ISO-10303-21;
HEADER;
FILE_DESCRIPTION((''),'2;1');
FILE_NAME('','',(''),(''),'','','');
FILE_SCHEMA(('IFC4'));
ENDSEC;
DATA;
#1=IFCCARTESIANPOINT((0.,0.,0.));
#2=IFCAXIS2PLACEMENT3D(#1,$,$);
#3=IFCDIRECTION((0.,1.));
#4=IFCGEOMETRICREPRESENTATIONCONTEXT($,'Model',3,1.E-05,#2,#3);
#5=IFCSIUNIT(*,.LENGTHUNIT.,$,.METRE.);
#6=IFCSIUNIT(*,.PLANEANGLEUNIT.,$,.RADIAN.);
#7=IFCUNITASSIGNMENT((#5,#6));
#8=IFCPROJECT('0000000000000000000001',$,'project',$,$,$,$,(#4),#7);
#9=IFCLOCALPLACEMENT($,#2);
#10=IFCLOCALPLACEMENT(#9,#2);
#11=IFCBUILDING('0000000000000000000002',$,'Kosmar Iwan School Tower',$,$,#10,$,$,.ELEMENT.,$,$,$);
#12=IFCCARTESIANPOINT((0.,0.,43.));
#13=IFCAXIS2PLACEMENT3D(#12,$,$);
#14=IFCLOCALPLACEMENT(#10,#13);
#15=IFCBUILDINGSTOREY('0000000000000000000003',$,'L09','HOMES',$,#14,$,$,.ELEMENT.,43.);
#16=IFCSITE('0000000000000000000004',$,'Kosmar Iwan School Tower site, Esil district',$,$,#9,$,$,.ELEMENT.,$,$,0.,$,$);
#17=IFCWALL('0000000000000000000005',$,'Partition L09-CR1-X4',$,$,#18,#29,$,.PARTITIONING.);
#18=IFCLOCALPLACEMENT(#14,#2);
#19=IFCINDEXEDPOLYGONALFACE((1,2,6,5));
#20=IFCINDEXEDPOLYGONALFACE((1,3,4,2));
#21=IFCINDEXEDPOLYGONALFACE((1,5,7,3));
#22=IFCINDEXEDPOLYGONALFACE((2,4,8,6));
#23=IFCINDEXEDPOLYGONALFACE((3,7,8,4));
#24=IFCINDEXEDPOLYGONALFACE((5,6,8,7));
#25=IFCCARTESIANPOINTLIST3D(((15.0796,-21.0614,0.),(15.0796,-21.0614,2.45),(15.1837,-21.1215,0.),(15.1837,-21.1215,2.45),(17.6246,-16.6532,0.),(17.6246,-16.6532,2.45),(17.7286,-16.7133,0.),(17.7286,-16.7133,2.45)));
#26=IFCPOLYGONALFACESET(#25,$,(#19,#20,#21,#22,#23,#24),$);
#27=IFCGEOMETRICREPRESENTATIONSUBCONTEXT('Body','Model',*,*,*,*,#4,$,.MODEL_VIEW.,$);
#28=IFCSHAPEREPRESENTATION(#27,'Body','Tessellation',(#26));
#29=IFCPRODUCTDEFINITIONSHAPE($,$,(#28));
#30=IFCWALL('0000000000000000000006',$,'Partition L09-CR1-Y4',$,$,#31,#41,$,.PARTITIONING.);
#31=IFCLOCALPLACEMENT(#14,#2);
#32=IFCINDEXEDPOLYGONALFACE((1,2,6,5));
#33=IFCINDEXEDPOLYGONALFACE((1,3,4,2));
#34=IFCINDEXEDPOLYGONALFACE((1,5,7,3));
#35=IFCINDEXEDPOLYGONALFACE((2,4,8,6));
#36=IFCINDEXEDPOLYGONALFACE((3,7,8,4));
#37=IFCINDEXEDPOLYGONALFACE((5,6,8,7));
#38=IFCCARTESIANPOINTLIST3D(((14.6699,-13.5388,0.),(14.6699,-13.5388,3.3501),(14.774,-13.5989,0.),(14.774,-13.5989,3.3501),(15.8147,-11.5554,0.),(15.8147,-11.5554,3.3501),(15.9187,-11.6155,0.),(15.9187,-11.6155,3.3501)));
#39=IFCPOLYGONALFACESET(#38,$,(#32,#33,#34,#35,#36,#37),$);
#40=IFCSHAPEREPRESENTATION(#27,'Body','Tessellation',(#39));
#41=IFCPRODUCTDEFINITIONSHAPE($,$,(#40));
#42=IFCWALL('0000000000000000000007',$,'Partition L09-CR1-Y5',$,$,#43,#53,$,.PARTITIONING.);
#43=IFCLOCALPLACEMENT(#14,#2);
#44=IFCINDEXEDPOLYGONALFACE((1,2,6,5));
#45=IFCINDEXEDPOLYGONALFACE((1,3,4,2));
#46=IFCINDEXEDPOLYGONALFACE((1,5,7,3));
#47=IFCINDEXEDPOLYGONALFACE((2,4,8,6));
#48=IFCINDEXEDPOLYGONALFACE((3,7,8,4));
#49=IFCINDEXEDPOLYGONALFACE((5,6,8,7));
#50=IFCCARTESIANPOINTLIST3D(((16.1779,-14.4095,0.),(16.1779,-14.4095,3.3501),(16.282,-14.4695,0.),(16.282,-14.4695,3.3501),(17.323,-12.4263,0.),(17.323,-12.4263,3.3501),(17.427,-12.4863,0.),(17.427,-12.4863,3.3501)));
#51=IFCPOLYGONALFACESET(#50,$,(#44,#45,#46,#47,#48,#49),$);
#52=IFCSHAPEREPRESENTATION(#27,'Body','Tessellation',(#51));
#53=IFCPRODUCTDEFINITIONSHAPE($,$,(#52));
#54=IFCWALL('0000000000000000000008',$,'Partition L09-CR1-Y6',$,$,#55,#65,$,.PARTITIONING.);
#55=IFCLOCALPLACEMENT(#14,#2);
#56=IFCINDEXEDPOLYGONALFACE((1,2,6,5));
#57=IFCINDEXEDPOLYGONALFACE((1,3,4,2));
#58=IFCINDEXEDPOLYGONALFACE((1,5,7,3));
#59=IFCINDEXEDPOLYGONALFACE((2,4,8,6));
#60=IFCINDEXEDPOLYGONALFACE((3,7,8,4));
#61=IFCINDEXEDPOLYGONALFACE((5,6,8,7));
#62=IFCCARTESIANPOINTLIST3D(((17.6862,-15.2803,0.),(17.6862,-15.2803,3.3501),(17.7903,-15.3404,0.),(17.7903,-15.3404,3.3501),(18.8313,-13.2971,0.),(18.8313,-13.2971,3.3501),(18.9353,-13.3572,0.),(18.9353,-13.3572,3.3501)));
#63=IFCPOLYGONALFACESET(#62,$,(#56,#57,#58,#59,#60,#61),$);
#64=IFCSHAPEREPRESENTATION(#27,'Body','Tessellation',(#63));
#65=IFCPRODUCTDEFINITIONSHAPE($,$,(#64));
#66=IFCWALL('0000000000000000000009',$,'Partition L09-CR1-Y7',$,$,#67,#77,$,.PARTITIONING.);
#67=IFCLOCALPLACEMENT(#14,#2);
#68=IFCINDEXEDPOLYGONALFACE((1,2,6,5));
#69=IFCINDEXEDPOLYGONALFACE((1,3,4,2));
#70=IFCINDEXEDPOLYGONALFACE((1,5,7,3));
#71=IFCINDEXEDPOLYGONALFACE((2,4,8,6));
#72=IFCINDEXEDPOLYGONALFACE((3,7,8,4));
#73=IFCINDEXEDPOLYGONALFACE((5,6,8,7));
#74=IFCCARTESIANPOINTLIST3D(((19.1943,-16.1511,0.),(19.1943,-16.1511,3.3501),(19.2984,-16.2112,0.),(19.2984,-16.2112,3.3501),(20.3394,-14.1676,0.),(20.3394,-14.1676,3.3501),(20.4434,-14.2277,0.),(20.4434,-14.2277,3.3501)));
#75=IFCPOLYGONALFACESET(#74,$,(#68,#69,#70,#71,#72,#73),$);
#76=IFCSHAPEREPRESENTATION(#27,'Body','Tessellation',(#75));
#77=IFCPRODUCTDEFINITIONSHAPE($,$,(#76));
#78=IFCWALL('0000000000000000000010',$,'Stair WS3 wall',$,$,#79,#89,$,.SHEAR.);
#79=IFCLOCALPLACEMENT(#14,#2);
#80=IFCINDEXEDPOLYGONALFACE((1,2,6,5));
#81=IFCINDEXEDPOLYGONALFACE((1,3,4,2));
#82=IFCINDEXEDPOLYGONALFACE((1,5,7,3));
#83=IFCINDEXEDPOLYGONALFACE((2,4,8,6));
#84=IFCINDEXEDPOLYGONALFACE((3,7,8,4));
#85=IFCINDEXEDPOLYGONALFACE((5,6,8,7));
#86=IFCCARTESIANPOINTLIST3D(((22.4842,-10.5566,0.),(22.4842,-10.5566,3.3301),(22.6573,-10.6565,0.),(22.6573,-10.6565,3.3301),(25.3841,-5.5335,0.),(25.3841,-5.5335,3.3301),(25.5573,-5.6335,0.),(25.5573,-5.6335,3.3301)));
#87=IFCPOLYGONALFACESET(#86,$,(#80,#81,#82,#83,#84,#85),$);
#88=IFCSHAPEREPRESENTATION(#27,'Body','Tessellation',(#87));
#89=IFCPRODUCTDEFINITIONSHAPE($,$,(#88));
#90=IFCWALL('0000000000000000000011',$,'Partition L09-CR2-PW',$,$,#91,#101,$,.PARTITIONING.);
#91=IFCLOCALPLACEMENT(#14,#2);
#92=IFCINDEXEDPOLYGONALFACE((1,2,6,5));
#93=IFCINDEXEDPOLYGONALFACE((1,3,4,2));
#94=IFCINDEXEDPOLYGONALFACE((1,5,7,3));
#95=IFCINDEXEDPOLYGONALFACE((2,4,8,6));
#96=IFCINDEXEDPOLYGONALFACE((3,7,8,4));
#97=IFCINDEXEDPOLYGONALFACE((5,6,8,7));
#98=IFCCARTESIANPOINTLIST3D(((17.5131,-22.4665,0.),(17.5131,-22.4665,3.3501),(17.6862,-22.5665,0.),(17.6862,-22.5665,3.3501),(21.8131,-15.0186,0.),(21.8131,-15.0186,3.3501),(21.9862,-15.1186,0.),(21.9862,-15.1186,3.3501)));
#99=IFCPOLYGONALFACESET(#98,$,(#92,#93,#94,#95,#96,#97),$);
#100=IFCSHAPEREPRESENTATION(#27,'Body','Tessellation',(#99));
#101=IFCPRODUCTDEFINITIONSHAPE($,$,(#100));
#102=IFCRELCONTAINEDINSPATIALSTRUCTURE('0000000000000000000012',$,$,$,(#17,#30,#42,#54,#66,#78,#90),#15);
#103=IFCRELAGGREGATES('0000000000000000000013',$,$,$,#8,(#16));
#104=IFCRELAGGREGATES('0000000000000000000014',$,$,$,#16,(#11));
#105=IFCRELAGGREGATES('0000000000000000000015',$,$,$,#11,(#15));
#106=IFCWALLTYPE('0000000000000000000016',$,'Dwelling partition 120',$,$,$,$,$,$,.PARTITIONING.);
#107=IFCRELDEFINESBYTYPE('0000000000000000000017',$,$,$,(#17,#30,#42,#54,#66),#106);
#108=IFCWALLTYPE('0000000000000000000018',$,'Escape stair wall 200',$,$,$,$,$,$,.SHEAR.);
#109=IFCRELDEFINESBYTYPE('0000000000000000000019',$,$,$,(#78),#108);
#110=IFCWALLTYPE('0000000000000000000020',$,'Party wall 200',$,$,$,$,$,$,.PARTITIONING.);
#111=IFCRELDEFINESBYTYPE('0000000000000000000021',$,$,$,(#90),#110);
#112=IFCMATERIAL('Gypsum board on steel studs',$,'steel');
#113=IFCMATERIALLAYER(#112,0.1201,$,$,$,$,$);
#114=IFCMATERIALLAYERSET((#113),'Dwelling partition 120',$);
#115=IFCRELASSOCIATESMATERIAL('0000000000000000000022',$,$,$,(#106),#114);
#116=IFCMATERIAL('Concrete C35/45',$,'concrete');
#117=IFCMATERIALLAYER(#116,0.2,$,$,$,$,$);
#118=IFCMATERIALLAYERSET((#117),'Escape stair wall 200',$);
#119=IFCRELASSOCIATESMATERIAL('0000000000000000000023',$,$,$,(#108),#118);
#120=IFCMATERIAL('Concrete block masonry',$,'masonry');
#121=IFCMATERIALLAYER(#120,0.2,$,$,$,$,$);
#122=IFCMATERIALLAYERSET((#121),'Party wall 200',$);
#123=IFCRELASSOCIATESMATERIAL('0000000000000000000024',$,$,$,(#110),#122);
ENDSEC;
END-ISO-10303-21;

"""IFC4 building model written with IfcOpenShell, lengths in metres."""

from ifc_helpers import new_model, si_unit, direction, frame, frame_2d, origin, place, context, subcontext, project, spatial, rectangle, extrude, material, layer, layer_set, type_object, element, save


model = new_model("IFC4")

# Units and contexts
model_context = context("Model", 3, precision=1e-05, world=origin(), true_north=direction((0.0, 1.0)))
body_context = subcontext(model_context, "Body", "Model", "MODEL_VIEW")
ifc_project = project(units=[si_unit("LENGTHUNIT", "METRE"), si_unit("PLANEANGLEUNIT", "RADIAN")], contexts=[model_context])

# Site, building, storey
site_placement = place(None, origin())
site = spatial("IfcSite", under=ifc_project, at=site_placement, Name="Kosmar Iwan School Tower site, Esil district", CompositionType="ELEMENT", RefElevation=0.0)
building_placement = place(site_placement, origin())
building = spatial("IfcBuilding", under=site, at=building_placement, Name="Kosmar Iwan School Tower", CompositionType="ELEMENT")
storey_placement = place(building_placement, frame((0.0, 0.0, 43.0)))
storey = spatial("IfcBuildingStorey", under=building, at=storey_placement, Name="L09", Description="HOMES", CompositionType="ELEMENT", Elevation=43.0)

# Walls
ifc_material_1 = material(Name="Gypsum board on steel studs", Category="steel")
ifc_layer_1 = layer(ifc_material_1, 0.1201)
ifc_layer_set_1 = layer_set([ifc_layer_1], Name="Dwelling partition 120")
wall_type_1 = type_object("IfcWallType", Name="Dwelling partition 120", PredefinedType="PARTITIONING", material=ifc_layer_set_1)
wall_1_placement = place(storey_placement, frame((17.6765, -16.6833, 0.0), z_axis=(0.0, 0.0, 1.0), x_axis=(-0.499977, -0.866039, 0.0)))
element("IfcWall", 1, at=wall_1_placement, inside=storey, type_object=wall_type_1, Name="Partition L09-CR1-X4", PredefinedType="PARTITIONING", context=body_context, shape_type="SweptSolid", body=[
    extrude(rectangle(XDim=5.0901, YDim=0.1201, at=frame_2d((2.5449, 0.0))), origin(), (0.0, 0.0, 1.0), 2.45),
])
for number, where, z_axis, x_axis, name in (
    (2, (15.8667, -11.5854, 0.0), (0.0, 0.0, 1.0), (-0.499889, -0.86609, 0.0), "Partition L09-CR1-Y4"),
    (3, (17.375, -12.4563, 0.0), (0.0, 0.0, 1.0), (-0.500015, -0.866017, 0.0), "Partition L09-CR1-Y5"),
    (4, (18.8833, -13.3271, 0.0), (0.0, 0.0, 1.0), (-0.500015, -0.866017, 0.0), "Partition L09-CR1-Y6"),
):
    element("IfcWall", number, at=place(storey_placement, frame(where, z_axis=z_axis, x_axis=x_axis)), inside=storey, type_object=wall_type_1, Name=name, PredefinedType="PARTITIONING", context=body_context, shape_type="SweptSolid", body=[
        extrude(rectangle(XDim=2.29, YDim=0.1201, at=frame_2d((1.145, 0.0))), origin(), (0.0, 0.0, 1.0), 3.3501),
    ])
wall_2_placement = place(storey_placement, frame((20.3914, -14.1978, 0.0), z_axis=(0.0, 0.0, 1.0), x_axis=(-0.499969, -0.866044, 0.0)))
element("IfcWall", 5, at=wall_2_placement, inside=storey, type_object=wall_type_1, Name="Partition L09-CR1-Y7", PredefinedType="PARTITIONING", context=body_context, shape_type="SweptSolid", body=[
    extrude(rectangle(XDim=2.2903, YDim=0.1201, at=frame_2d((1.145, 0.0))), origin(), (0.0, 0.0, 1.0), 3.3501),
])
ifc_material_2 = material(Name="Concrete C35/45", Category="concrete")
ifc_layer_2 = layer(ifc_material_2, 0.2)
ifc_layer_set_2 = layer_set([ifc_layer_2], Name="Escape stair wall 200")
wall_type_2 = type_object("IfcWallType", Name="Escape stair wall 200", PredefinedType="SHEAR", material=ifc_layer_set_2)
wall_3_placement = place(storey_placement, frame((22.5708, -10.6064, 0.0), z_axis=(0.0, 0.0, 1.0), x_axis=(0.499987, 0.866033, 0.0)))
element("IfcWall", 6, at=wall_3_placement, inside=storey, type_object=wall_type_2, Name="Stair WS3 wall", PredefinedType="SHEAR", context=body_context, shape_type="SweptSolid", body=[
    extrude(rectangle(XDim=5.8, YDim=0.2, at=frame_2d((2.8999, 0.0))), origin(), (0.0, 0.0, 1.0), 3.3301),
])
ifc_material_3 = material(Name="Concrete block masonry", Category="masonry")
ifc_layer_3 = layer(ifc_material_3, 0.2)
ifc_layer_set_3 = layer_set([ifc_layer_3], Name="Party wall 200")
wall_type_3 = type_object("IfcWallType", Name="Party wall 200", PredefinedType="PARTITIONING", material=ifc_layer_set_3)
wall_4_placement = place(storey_placement, frame((21.8997, -15.0686, 0.0), z_axis=(0.0, 0.0, 1.0), x_axis=(-0.499995, -0.866028, 0.0)))
element("IfcWall", 7, at=wall_4_placement, inside=storey, type_object=wall_type_3, Name="Partition L09-CR2-PW", PredefinedType="PARTITIONING", context=body_context, shape_type="SweptSolid", body=[
    extrude(rectangle(XDim=8.6001, YDim=0.2, at=frame_2d((4.3, 0.0))), origin(), (0.0, 0.0, 1.0), 3.3501),
])

save(model, "model.ifc")
